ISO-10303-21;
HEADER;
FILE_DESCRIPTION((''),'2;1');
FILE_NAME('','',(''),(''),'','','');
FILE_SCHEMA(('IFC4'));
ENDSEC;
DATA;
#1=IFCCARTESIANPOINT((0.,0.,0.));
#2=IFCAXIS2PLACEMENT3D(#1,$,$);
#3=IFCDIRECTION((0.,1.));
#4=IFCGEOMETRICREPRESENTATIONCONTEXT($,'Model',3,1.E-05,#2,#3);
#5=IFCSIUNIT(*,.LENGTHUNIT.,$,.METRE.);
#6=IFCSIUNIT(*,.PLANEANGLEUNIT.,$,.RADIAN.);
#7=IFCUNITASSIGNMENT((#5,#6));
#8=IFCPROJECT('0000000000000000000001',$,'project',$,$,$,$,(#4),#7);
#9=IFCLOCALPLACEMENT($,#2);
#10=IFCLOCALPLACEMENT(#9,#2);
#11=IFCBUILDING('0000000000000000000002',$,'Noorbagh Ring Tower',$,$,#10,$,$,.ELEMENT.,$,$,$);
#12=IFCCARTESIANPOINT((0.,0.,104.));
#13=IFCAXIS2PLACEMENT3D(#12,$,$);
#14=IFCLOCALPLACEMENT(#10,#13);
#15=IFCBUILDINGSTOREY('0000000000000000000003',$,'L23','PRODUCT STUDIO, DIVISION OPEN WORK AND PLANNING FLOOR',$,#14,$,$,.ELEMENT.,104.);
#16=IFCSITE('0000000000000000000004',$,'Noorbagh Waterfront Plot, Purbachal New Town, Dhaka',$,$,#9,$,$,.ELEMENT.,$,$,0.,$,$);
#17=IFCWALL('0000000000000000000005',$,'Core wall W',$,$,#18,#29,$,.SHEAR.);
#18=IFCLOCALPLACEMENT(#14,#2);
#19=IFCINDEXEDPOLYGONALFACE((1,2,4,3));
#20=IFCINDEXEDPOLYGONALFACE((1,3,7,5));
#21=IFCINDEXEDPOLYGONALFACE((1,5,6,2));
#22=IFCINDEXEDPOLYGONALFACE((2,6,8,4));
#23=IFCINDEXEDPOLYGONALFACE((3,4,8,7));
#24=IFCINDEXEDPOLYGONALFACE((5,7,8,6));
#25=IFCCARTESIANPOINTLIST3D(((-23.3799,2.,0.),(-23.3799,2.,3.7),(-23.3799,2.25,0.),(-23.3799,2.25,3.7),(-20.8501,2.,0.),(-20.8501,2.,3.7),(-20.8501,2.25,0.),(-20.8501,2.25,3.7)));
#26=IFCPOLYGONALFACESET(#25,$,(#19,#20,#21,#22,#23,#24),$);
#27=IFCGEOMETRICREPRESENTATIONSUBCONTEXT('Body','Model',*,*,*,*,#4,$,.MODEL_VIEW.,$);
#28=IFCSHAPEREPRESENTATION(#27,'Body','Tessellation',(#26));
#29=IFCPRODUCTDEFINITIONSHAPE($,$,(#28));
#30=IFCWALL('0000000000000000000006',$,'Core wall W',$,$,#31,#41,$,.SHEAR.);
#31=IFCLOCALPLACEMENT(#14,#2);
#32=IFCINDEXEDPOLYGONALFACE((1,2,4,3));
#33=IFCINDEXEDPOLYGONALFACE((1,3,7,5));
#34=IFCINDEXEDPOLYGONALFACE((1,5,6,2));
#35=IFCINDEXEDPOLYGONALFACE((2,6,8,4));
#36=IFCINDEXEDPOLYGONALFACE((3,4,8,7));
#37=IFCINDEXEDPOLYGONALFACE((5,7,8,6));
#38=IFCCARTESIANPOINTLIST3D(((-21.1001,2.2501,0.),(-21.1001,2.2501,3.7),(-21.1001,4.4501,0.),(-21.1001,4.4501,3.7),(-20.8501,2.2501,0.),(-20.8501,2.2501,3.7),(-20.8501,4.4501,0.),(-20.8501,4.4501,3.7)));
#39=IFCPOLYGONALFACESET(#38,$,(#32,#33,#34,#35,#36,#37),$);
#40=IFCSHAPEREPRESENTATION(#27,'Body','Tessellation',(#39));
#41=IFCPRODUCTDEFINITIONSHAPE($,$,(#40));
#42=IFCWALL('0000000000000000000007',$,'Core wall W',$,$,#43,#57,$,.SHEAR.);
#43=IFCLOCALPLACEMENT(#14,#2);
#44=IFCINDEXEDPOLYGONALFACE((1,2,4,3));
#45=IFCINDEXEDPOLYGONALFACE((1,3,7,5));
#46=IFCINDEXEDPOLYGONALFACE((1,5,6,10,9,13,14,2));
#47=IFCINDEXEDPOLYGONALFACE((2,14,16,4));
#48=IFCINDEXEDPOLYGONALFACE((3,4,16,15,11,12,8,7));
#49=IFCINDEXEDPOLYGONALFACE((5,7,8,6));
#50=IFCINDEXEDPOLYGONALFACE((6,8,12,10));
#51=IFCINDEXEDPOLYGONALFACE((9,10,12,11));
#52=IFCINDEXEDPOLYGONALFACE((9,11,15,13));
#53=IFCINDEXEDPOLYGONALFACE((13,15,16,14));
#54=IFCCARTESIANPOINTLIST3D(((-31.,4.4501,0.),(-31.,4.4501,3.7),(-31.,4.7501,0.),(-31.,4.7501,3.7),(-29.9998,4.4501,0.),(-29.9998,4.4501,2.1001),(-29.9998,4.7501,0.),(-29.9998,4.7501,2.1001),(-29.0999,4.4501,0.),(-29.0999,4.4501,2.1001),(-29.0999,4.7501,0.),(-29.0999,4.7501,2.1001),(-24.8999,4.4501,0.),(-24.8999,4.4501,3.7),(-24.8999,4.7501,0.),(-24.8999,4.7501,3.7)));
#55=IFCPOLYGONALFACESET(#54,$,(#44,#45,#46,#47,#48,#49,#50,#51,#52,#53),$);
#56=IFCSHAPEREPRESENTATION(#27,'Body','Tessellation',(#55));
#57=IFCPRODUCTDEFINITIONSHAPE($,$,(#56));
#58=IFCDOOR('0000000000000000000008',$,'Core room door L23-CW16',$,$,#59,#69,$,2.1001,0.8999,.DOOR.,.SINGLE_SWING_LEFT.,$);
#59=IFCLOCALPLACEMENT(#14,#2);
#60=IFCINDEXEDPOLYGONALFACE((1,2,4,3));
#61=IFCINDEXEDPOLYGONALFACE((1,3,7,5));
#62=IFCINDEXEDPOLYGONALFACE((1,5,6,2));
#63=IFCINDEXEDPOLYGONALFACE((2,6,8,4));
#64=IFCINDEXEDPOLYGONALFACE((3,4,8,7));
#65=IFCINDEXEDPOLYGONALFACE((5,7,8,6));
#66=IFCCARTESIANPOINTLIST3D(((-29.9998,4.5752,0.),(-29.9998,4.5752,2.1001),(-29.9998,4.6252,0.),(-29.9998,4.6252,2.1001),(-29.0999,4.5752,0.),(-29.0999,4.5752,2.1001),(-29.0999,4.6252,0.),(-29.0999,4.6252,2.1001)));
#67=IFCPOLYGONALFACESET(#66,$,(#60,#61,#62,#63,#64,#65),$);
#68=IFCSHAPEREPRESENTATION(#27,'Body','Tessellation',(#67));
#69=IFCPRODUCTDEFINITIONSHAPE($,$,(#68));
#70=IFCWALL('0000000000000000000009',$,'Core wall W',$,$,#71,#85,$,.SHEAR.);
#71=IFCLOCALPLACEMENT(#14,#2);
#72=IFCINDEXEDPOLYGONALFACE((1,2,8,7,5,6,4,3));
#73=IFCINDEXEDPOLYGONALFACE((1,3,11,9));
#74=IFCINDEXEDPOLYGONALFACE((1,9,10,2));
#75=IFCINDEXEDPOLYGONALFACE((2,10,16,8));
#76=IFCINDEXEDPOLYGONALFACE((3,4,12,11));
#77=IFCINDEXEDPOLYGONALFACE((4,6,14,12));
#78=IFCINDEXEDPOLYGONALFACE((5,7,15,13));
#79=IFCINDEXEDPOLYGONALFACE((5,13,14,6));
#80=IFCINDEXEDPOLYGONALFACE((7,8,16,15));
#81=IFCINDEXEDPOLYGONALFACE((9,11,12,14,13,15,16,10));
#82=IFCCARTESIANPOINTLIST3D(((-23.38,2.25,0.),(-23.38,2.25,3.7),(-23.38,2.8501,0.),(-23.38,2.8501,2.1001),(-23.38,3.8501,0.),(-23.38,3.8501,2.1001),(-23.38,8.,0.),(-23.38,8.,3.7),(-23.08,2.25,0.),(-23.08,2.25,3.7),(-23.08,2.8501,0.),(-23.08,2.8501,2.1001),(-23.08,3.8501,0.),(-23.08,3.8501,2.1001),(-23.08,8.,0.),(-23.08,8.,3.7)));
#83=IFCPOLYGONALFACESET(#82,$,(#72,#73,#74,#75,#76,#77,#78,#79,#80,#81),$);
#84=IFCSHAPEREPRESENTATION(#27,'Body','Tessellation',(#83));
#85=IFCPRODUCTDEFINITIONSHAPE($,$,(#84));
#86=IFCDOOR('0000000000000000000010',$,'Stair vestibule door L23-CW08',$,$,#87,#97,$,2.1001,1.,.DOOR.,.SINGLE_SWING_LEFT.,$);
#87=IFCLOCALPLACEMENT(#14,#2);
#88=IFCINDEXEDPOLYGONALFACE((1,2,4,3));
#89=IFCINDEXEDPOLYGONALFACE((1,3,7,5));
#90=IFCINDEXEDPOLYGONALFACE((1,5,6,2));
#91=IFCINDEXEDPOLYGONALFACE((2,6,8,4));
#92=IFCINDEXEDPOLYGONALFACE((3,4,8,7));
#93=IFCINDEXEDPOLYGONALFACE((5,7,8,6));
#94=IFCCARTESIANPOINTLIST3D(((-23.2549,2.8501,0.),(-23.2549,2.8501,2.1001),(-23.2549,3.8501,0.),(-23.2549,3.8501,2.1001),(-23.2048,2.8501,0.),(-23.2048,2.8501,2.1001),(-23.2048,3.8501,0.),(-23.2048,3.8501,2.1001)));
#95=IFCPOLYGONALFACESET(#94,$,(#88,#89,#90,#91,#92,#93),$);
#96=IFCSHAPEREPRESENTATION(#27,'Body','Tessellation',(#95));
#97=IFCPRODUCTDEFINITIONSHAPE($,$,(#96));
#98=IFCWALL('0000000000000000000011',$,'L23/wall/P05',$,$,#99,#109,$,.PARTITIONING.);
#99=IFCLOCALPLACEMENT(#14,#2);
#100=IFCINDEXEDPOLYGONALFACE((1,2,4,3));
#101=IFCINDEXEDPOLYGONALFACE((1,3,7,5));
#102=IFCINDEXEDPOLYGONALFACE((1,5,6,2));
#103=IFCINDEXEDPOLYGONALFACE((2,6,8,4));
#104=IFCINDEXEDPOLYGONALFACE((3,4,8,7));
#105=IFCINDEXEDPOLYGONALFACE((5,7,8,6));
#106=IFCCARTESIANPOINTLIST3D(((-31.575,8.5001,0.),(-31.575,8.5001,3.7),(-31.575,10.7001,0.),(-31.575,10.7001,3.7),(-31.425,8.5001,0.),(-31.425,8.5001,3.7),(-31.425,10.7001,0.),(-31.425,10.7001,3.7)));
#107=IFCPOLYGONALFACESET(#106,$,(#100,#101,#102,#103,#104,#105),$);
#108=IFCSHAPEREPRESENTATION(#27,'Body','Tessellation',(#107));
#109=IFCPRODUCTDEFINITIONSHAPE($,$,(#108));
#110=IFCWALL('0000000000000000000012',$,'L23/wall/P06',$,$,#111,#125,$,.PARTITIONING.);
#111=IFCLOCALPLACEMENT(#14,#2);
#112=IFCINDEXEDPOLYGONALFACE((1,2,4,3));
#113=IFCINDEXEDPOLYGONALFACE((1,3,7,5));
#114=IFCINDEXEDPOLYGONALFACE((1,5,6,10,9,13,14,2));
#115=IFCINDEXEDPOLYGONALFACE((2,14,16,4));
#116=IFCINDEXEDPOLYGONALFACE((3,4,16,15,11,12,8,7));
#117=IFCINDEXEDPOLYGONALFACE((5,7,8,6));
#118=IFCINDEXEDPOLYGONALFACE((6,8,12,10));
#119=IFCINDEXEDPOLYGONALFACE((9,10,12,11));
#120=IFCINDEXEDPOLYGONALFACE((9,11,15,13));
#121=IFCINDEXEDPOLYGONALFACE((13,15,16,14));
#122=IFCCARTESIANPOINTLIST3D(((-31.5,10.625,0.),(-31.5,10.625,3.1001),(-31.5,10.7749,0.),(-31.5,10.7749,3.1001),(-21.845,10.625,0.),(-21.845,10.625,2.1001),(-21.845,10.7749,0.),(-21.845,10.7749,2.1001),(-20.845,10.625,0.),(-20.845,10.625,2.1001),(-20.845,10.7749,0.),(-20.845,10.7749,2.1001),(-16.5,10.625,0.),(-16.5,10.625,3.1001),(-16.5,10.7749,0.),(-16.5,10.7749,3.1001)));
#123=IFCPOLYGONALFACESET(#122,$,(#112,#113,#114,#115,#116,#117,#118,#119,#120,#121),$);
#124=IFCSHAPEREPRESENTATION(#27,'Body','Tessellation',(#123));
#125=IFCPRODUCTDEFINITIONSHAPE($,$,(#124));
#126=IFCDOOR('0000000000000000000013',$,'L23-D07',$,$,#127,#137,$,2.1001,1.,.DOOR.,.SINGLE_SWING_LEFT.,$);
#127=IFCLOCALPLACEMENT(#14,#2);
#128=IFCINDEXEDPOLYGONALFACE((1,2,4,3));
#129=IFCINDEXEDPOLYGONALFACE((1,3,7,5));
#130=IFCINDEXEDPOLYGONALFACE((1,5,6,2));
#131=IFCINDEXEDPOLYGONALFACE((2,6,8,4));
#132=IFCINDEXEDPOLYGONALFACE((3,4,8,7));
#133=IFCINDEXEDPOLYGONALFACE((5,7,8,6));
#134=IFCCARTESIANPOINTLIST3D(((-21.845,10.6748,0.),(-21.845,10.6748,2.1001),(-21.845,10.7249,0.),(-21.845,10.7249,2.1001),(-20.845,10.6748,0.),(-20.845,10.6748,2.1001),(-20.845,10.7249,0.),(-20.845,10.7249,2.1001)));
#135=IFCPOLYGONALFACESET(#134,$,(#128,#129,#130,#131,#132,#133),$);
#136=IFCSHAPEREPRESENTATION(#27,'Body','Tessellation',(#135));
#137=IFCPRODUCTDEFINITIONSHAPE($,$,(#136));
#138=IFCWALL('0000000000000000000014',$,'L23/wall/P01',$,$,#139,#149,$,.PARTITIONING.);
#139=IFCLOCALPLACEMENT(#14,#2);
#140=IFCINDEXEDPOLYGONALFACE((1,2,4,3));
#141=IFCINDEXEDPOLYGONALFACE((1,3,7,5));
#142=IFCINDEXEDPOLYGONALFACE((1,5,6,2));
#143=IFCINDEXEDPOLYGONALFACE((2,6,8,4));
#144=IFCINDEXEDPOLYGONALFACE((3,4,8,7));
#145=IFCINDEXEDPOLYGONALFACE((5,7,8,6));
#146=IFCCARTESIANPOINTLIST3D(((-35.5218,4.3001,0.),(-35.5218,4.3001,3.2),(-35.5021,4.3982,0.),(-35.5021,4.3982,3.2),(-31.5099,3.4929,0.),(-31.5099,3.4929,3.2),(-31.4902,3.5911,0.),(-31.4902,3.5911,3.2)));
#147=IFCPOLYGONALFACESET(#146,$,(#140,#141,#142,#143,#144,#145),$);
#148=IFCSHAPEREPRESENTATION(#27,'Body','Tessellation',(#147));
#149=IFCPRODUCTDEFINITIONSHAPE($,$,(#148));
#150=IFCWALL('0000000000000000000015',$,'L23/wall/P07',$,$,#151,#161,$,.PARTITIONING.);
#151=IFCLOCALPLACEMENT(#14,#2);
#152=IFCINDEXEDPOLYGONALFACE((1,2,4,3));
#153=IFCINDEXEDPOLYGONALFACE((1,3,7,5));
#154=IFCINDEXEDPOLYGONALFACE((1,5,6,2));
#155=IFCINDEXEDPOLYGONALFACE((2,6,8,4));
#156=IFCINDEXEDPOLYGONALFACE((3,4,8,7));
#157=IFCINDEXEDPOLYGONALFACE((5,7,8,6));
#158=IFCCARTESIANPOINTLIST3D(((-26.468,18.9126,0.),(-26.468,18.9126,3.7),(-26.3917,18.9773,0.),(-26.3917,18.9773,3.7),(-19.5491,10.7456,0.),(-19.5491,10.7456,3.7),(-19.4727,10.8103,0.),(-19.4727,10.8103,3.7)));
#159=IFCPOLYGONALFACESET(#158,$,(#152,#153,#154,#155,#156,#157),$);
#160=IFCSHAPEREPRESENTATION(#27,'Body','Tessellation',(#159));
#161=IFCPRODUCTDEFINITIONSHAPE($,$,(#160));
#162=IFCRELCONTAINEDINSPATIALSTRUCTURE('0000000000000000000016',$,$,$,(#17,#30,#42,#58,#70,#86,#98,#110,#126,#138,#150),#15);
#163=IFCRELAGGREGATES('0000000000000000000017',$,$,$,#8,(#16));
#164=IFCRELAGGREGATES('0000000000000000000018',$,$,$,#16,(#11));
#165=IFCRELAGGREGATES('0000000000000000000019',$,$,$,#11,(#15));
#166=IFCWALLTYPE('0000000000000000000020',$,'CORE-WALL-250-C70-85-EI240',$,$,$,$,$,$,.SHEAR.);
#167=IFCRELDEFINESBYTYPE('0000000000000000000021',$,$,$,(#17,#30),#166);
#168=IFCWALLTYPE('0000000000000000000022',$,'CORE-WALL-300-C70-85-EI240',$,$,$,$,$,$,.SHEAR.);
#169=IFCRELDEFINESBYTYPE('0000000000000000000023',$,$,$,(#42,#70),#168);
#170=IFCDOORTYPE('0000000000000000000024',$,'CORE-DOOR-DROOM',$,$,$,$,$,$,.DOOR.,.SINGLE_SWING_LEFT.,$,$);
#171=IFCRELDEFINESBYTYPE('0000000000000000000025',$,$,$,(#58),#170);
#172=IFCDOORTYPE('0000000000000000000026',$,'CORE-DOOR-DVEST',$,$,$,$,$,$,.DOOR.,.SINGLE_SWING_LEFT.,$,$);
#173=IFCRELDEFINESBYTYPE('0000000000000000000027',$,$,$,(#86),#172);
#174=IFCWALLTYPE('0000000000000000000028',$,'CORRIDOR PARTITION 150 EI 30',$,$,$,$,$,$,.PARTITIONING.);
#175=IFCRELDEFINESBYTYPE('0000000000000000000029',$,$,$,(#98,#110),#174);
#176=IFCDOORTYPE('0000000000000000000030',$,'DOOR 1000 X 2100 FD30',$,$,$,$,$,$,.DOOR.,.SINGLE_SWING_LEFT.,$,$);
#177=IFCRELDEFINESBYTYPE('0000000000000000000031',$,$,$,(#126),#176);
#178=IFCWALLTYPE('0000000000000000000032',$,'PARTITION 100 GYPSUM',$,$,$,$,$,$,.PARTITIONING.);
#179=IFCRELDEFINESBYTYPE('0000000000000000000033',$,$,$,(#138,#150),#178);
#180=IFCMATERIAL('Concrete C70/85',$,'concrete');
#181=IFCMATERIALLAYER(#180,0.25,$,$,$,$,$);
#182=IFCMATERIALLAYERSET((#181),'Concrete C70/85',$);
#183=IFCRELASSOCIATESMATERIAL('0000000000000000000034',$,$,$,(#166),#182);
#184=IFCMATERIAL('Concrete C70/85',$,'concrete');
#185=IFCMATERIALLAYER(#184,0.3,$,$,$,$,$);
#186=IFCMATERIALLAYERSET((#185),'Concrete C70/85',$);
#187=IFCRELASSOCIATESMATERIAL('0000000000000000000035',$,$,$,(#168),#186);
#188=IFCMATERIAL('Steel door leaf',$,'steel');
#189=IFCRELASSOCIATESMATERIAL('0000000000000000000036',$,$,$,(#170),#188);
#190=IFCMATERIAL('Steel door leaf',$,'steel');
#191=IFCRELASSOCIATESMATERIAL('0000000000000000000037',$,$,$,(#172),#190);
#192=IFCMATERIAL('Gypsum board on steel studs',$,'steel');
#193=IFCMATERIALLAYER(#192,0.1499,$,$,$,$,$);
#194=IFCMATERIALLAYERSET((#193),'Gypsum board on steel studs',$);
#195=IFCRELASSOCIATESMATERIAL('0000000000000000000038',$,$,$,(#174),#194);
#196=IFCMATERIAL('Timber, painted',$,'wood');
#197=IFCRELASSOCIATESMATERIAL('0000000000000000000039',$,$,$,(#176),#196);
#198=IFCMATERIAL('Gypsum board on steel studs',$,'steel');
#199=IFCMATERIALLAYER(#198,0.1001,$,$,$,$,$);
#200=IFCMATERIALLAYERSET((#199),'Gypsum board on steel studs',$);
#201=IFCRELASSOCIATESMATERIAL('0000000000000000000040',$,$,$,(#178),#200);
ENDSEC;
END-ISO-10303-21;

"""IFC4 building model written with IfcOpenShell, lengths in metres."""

from ifc_helpers import new_model, si_unit, direction, frame, frame_2d, origin, place, context, subcontext, project, spatial, rectangle, extrude, material, layer, layer_set, type_object, element, fill, save


model = new_model("IFC4")

# Units and contexts
model_context = context("Model", 3, precision=1e-05, world=origin(), true_north=direction((0.0, 1.0)))
body_context = subcontext(model_context, "Body", "Model", "MODEL_VIEW")
ifc_project = project(units=[si_unit("LENGTHUNIT", "METRE"), si_unit("PLANEANGLEUNIT", "RADIAN")], contexts=[model_context])

# Site, building, storey
site_placement = place(None, origin())
site = spatial("IfcSite", under=ifc_project, at=site_placement, Name="Noorbagh Waterfront Plot, Purbachal New Town, Dhaka", CompositionType="ELEMENT", RefElevation=0.0)
building_placement = place(site_placement, origin())
building = spatial("IfcBuilding", under=site, at=building_placement, Name="Noorbagh Ring Tower", CompositionType="ELEMENT")
storey_placement = place(building_placement, frame((0.0, 0.0, 104.0)))
storey = spatial("IfcBuildingStorey", under=building, at=storey_placement, Name="L23", Description="PRODUCT STUDIO, DIVISION OPEN WORK AND PLANNING FLOOR", CompositionType="ELEMENT", Elevation=104.0)

# Walls
ifc_material_1 = material(Name="Concrete C70/85", Category="concrete")
ifc_layer_1 = layer(ifc_material_1, 0.25)
ifc_layer_set_1 = layer_set([ifc_layer_1], Name="Concrete C70/85")
wall_type_1 = type_object("IfcWallType", Name="CORE-WALL-250-C70-85-EI240", PredefinedType="SHEAR", material=ifc_layer_set_1)
wall_1_placement = place(storey_placement, frame((-20.8501, 2.125, 0.0), z_axis=(0.0, 0.0, 1.0), x_axis=(-1.0, 0.0, 0.0)))
element("IfcWall", 1, at=wall_1_placement, inside=storey, type_object=wall_type_1, Name="Core wall W", PredefinedType="SHEAR", context=body_context, shape_type="SweptSolid", body=[
    extrude(rectangle(XDim=2.5298, YDim=0.25, at=frame_2d((1.2649, 0.0))), origin(), (0.0, 0.0, 1.0), 3.7),
])
wall_2_placement = place(storey_placement, frame((-20.9751, 2.25, 0.0), z_axis=(0.0, 0.0, 1.0), x_axis=(0.0, 1.0, 0.0)))
element("IfcWall", 2, at=wall_2_placement, inside=storey, type_object=wall_type_1, Name="Core wall W", PredefinedType="SHEAR", context=body_context, shape_type="SweptSolid", body=[
    extrude(rectangle(XDim=2.2, YDim=0.25, at=frame_2d((1.1001, 0.0))), origin(), (0.0, 0.0, 1.0), 3.7),
])

# Walls, openings, doors
ifc_material_2 = material(Name="Concrete C70/85", Category="concrete")
ifc_layer_2 = layer(ifc_material_2, 0.3)
ifc_layer_set_2 = layer_set([ifc_layer_2], Name="Concrete C70/85")
wall_type_2 = type_object("IfcWallType", Name="CORE-WALL-300-C70-85-EI240", PredefinedType="SHEAR", material=ifc_layer_set_2)
wall_3_placement = place(storey_placement, frame((-24.8999, 4.6001, 0.0), z_axis=(0.0, 0.0, 1.0), x_axis=(-1.0, 0.0, 0.0)))
wall_3 = element("IfcWall", 3, at=wall_3_placement, inside=storey, type_object=wall_type_2, Name="Core wall W", PredefinedType="SHEAR", context=body_context, shape_type="SweptSolid", body=[
    extrude(rectangle(XDim=6.1001, YDim=0.3, at=frame_2d((3.05, 0.0))), origin(), (0.0, 0.0, 1.0), 3.7),
])
opening_1_placement = place(wall_3_placement, frame((4.2, 0.0, 0.0)))
opening_1 = element("IfcOpeningElement", 4, at=opening_1_placement, cuts=wall_3, PredefinedType="OPENING", context=body_context, shape_type="SweptSolid", body=[
    extrude(rectangle(XDim=0.8999, YDim=2.1001, at=frame_2d((0.45, 1.05))), frame((0.0, 0.1602, 0.0), z_axis=(0.0, -1.0, 0.0), x_axis=(1.0, 0.0, 0.0)), (0.0, 0.0, 1.0), 0.3201),
])
ifc_material_3 = material(Name="Steel door leaf", Category="steel")
door_type_1 = type_object("IfcDoorType", Name="CORE-DOOR-DROOM", OperationType="SINGLE_SWING_LEFT", PredefinedType="DOOR", material=ifc_material_3)
door_1_placement = place(opening_1_placement, origin())
door_1 = element("IfcDoor", 5, at=door_1_placement, inside=storey, type_object=door_type_1, Name="Core room door L23-CW16", OperationType="SINGLE_SWING_LEFT", OverallHeight=2.1001, OverallWidth=0.8999, PredefinedType="DOOR", context=body_context, shape_type="SweptSolid", body=[
    extrude(rectangle(XDim=0.8999, YDim=2.1001, at=frame_2d((0.45, 1.05))), frame((0.0, 0.0249, 0.0), z_axis=(0.0, -1.0, 0.0), x_axis=(1.0, 0.0, 0.0)), (0.0, 0.0, 1.0), 0.05),
])
fill(opening_1, door_1)
wall_4_placement = place(storey_placement, frame((-23.23, 2.25, 0.0), z_axis=(0.0, 0.0, 1.0), x_axis=(0.0, 1.0, 0.0)))
wall_4 = element("IfcWall", 6, at=wall_4_placement, inside=storey, type_object=wall_type_2, Name="Core wall W", PredefinedType="SHEAR", context=body_context, shape_type="SweptSolid", body=[
    extrude(rectangle(XDim=5.75, YDim=0.3, at=frame_2d((2.875, 0.0))), origin(), (0.0, 0.0, 1.0), 3.7),
])
opening_2_placement = place(wall_4_placement, frame((0.6001, 0.0, 0.0)))
opening_2 = element("IfcOpeningElement", 7, at=opening_2_placement, cuts=wall_4, PredefinedType="OPENING", context=body_context, shape_type="SweptSolid", body=[
    extrude(rectangle(XDim=1.0, YDim=2.1001, at=frame_2d((0.5, 1.05))), frame((0.0, 0.1602, 0.0), z_axis=(0.0, -1.0, 0.0), x_axis=(1.0, 0.0, 0.0)), (0.0, 0.0, 1.0), 0.3201),
])
ifc_material_4 = material(Name="Steel door leaf", Category="steel")
door_type_2 = type_object("IfcDoorType", Name="CORE-DOOR-DVEST", OperationType="SINGLE_SWING_LEFT", PredefinedType="DOOR", material=ifc_material_4)
door_2_placement = place(opening_2_placement, origin())
door_2 = element("IfcDoor", 8, at=door_2_placement, inside=storey, type_object=door_type_2, Name="Stair vestibule door L23-CW08", OperationType="SINGLE_SWING_LEFT", OverallHeight=2.1001, OverallWidth=1.0, PredefinedType="DOOR", context=body_context, shape_type="SweptSolid", body=[
    extrude(rectangle(XDim=1.0, YDim=2.1001, at=frame_2d((0.5, 1.05))), frame((0.0, 0.0249, 0.0), z_axis=(0.0, -1.0, 0.0), x_axis=(1.0, 0.0, 0.0)), (0.0, 0.0, 1.0), 0.05),
])
fill(opening_2, door_2)

# Wall
ifc_material_5 = material(Name="Gypsum board on steel studs", Category="steel")
ifc_layer_3 = layer(ifc_material_5, 0.1499)
ifc_layer_set_3 = layer_set([ifc_layer_3], Name="Gypsum board on steel studs")
wall_type_3 = type_object("IfcWallType", Name="CORRIDOR PARTITION 150 EI 30", PredefinedType="PARTITIONING", material=ifc_layer_set_3)
wall_5_placement = place(storey_placement, frame((-31.5, 8.5, 0.0), z_axis=(0.0, 0.0, 1.0), x_axis=(0.0, 1.0, 0.0)))
element("IfcWall", 9, at=wall_5_placement, inside=storey, type_object=wall_type_3, Name="L23/wall/P05", PredefinedType="PARTITIONING", context=body_context, shape_type="SweptSolid", body=[
    extrude(rectangle(XDim=2.2, YDim=0.1499, at=frame_2d((1.1001, 0.0))), origin(), (0.0, 0.0, 1.0), 3.7),
])

# Wall, opening, door
wall_6_placement = place(storey_placement, frame((-31.5, 10.7, 0.0), z_axis=(0.0, 0.0, 1.0), x_axis=(1.0, 0.0, 0.0)))
wall_6 = element("IfcWall", 10, at=wall_6_placement, inside=storey, type_object=wall_type_3, Name="L23/wall/P06", PredefinedType="PARTITIONING", context=body_context, shape_type="SweptSolid", body=[
    extrude(rectangle(XDim=15.0, YDim=0.1499, at=frame_2d((7.5, 0.0))), origin(), (0.0, 0.0, 1.0), 3.1001),
])
opening_3_placement = place(wall_6_placement, frame((9.655, 0.0, 0.0)))
opening_3 = element("IfcOpeningElement", 11, at=opening_3_placement, cuts=wall_6, PredefinedType="OPENING", context=body_context, shape_type="SweptSolid", body=[
    extrude(rectangle(XDim=1.0, YDim=2.1001, at=frame_2d((0.5, 1.05))), frame((0.0, 0.085, 0.0), z_axis=(0.0, -1.0, 0.0), x_axis=(1.0, 0.0, 0.0)), (0.0, 0.0, 1.0), 0.1699),
])
ifc_material_6 = material(Name="Timber, painted", Category="wood")
door_type_3 = type_object("IfcDoorType", Name="DOOR 1000 X 2100 FD30", OperationType="SINGLE_SWING_LEFT", PredefinedType="DOOR", material=ifc_material_6)
door_3_placement = place(opening_3_placement, origin())
door_3 = element("IfcDoor", 12, at=door_3_placement, inside=storey, type_object=door_type_3, Name="L23-D07", OperationType="SINGLE_SWING_LEFT", OverallHeight=2.1001, OverallWidth=1.0, PredefinedType="DOOR", context=body_context, shape_type="SweptSolid", body=[
    extrude(rectangle(XDim=1.0, YDim=2.1001, at=frame_2d((0.5, 1.05))), frame((0.0, 0.0249, 0.0), z_axis=(0.0, -1.0, 0.0), x_axis=(1.0, 0.0, 0.0)), (0.0, 0.0, 1.0), 0.05),
])
fill(opening_3, door_3)

# Walls
ifc_material_7 = material(Name="Gypsum board on steel studs", Category="steel")
ifc_layer_4 = layer(ifc_material_7, 0.1001)
ifc_layer_set_4 = layer_set([ifc_layer_4], Name="Gypsum board on steel studs")
wall_type_4 = type_object("IfcWallType", Name="PARTITION 100 GYPSUM", PredefinedType="PARTITIONING", material=ifc_layer_set_4)
wall_7_placement = place(storey_placement, frame((-35.512, 4.3491, 0.0), z_axis=(0.0, 0.0, 1.0), x_axis=(0.980357, -0.197229, 0.0)))
element("IfcWall", 13, at=wall_7_placement, inside=storey, type_object=wall_type_4, Name="L23/wall/P01", PredefinedType="PARTITIONING", context=body_context, shape_type="SweptSolid", body=[
    extrude(rectangle(XDim=4.0923, YDim=0.1001, at=frame_2d((2.0461, 0.0))), origin(), (0.0, 0.0, 1.0), 3.2),
])
wall_8_placement = place(storey_placement, frame((-26.4299, 18.9451, 0.0), z_axis=(0.0, 0.0, 1.0), x_axis=(0.6464, -0.762999, 0.0)))
element("IfcWall", 14, at=wall_8_placement, inside=storey, type_object=wall_type_4, Name="L23/wall/P07", PredefinedType="PARTITIONING", context=body_context, shape_type="SweptSolid", body=[
    extrude(rectangle(XDim=10.7039, YDim=0.1001, at=frame_2d((5.3521, 0.0))), origin(), (0.0, 0.0, 1.0), 3.7),
])

save(model, "model.ifc")
